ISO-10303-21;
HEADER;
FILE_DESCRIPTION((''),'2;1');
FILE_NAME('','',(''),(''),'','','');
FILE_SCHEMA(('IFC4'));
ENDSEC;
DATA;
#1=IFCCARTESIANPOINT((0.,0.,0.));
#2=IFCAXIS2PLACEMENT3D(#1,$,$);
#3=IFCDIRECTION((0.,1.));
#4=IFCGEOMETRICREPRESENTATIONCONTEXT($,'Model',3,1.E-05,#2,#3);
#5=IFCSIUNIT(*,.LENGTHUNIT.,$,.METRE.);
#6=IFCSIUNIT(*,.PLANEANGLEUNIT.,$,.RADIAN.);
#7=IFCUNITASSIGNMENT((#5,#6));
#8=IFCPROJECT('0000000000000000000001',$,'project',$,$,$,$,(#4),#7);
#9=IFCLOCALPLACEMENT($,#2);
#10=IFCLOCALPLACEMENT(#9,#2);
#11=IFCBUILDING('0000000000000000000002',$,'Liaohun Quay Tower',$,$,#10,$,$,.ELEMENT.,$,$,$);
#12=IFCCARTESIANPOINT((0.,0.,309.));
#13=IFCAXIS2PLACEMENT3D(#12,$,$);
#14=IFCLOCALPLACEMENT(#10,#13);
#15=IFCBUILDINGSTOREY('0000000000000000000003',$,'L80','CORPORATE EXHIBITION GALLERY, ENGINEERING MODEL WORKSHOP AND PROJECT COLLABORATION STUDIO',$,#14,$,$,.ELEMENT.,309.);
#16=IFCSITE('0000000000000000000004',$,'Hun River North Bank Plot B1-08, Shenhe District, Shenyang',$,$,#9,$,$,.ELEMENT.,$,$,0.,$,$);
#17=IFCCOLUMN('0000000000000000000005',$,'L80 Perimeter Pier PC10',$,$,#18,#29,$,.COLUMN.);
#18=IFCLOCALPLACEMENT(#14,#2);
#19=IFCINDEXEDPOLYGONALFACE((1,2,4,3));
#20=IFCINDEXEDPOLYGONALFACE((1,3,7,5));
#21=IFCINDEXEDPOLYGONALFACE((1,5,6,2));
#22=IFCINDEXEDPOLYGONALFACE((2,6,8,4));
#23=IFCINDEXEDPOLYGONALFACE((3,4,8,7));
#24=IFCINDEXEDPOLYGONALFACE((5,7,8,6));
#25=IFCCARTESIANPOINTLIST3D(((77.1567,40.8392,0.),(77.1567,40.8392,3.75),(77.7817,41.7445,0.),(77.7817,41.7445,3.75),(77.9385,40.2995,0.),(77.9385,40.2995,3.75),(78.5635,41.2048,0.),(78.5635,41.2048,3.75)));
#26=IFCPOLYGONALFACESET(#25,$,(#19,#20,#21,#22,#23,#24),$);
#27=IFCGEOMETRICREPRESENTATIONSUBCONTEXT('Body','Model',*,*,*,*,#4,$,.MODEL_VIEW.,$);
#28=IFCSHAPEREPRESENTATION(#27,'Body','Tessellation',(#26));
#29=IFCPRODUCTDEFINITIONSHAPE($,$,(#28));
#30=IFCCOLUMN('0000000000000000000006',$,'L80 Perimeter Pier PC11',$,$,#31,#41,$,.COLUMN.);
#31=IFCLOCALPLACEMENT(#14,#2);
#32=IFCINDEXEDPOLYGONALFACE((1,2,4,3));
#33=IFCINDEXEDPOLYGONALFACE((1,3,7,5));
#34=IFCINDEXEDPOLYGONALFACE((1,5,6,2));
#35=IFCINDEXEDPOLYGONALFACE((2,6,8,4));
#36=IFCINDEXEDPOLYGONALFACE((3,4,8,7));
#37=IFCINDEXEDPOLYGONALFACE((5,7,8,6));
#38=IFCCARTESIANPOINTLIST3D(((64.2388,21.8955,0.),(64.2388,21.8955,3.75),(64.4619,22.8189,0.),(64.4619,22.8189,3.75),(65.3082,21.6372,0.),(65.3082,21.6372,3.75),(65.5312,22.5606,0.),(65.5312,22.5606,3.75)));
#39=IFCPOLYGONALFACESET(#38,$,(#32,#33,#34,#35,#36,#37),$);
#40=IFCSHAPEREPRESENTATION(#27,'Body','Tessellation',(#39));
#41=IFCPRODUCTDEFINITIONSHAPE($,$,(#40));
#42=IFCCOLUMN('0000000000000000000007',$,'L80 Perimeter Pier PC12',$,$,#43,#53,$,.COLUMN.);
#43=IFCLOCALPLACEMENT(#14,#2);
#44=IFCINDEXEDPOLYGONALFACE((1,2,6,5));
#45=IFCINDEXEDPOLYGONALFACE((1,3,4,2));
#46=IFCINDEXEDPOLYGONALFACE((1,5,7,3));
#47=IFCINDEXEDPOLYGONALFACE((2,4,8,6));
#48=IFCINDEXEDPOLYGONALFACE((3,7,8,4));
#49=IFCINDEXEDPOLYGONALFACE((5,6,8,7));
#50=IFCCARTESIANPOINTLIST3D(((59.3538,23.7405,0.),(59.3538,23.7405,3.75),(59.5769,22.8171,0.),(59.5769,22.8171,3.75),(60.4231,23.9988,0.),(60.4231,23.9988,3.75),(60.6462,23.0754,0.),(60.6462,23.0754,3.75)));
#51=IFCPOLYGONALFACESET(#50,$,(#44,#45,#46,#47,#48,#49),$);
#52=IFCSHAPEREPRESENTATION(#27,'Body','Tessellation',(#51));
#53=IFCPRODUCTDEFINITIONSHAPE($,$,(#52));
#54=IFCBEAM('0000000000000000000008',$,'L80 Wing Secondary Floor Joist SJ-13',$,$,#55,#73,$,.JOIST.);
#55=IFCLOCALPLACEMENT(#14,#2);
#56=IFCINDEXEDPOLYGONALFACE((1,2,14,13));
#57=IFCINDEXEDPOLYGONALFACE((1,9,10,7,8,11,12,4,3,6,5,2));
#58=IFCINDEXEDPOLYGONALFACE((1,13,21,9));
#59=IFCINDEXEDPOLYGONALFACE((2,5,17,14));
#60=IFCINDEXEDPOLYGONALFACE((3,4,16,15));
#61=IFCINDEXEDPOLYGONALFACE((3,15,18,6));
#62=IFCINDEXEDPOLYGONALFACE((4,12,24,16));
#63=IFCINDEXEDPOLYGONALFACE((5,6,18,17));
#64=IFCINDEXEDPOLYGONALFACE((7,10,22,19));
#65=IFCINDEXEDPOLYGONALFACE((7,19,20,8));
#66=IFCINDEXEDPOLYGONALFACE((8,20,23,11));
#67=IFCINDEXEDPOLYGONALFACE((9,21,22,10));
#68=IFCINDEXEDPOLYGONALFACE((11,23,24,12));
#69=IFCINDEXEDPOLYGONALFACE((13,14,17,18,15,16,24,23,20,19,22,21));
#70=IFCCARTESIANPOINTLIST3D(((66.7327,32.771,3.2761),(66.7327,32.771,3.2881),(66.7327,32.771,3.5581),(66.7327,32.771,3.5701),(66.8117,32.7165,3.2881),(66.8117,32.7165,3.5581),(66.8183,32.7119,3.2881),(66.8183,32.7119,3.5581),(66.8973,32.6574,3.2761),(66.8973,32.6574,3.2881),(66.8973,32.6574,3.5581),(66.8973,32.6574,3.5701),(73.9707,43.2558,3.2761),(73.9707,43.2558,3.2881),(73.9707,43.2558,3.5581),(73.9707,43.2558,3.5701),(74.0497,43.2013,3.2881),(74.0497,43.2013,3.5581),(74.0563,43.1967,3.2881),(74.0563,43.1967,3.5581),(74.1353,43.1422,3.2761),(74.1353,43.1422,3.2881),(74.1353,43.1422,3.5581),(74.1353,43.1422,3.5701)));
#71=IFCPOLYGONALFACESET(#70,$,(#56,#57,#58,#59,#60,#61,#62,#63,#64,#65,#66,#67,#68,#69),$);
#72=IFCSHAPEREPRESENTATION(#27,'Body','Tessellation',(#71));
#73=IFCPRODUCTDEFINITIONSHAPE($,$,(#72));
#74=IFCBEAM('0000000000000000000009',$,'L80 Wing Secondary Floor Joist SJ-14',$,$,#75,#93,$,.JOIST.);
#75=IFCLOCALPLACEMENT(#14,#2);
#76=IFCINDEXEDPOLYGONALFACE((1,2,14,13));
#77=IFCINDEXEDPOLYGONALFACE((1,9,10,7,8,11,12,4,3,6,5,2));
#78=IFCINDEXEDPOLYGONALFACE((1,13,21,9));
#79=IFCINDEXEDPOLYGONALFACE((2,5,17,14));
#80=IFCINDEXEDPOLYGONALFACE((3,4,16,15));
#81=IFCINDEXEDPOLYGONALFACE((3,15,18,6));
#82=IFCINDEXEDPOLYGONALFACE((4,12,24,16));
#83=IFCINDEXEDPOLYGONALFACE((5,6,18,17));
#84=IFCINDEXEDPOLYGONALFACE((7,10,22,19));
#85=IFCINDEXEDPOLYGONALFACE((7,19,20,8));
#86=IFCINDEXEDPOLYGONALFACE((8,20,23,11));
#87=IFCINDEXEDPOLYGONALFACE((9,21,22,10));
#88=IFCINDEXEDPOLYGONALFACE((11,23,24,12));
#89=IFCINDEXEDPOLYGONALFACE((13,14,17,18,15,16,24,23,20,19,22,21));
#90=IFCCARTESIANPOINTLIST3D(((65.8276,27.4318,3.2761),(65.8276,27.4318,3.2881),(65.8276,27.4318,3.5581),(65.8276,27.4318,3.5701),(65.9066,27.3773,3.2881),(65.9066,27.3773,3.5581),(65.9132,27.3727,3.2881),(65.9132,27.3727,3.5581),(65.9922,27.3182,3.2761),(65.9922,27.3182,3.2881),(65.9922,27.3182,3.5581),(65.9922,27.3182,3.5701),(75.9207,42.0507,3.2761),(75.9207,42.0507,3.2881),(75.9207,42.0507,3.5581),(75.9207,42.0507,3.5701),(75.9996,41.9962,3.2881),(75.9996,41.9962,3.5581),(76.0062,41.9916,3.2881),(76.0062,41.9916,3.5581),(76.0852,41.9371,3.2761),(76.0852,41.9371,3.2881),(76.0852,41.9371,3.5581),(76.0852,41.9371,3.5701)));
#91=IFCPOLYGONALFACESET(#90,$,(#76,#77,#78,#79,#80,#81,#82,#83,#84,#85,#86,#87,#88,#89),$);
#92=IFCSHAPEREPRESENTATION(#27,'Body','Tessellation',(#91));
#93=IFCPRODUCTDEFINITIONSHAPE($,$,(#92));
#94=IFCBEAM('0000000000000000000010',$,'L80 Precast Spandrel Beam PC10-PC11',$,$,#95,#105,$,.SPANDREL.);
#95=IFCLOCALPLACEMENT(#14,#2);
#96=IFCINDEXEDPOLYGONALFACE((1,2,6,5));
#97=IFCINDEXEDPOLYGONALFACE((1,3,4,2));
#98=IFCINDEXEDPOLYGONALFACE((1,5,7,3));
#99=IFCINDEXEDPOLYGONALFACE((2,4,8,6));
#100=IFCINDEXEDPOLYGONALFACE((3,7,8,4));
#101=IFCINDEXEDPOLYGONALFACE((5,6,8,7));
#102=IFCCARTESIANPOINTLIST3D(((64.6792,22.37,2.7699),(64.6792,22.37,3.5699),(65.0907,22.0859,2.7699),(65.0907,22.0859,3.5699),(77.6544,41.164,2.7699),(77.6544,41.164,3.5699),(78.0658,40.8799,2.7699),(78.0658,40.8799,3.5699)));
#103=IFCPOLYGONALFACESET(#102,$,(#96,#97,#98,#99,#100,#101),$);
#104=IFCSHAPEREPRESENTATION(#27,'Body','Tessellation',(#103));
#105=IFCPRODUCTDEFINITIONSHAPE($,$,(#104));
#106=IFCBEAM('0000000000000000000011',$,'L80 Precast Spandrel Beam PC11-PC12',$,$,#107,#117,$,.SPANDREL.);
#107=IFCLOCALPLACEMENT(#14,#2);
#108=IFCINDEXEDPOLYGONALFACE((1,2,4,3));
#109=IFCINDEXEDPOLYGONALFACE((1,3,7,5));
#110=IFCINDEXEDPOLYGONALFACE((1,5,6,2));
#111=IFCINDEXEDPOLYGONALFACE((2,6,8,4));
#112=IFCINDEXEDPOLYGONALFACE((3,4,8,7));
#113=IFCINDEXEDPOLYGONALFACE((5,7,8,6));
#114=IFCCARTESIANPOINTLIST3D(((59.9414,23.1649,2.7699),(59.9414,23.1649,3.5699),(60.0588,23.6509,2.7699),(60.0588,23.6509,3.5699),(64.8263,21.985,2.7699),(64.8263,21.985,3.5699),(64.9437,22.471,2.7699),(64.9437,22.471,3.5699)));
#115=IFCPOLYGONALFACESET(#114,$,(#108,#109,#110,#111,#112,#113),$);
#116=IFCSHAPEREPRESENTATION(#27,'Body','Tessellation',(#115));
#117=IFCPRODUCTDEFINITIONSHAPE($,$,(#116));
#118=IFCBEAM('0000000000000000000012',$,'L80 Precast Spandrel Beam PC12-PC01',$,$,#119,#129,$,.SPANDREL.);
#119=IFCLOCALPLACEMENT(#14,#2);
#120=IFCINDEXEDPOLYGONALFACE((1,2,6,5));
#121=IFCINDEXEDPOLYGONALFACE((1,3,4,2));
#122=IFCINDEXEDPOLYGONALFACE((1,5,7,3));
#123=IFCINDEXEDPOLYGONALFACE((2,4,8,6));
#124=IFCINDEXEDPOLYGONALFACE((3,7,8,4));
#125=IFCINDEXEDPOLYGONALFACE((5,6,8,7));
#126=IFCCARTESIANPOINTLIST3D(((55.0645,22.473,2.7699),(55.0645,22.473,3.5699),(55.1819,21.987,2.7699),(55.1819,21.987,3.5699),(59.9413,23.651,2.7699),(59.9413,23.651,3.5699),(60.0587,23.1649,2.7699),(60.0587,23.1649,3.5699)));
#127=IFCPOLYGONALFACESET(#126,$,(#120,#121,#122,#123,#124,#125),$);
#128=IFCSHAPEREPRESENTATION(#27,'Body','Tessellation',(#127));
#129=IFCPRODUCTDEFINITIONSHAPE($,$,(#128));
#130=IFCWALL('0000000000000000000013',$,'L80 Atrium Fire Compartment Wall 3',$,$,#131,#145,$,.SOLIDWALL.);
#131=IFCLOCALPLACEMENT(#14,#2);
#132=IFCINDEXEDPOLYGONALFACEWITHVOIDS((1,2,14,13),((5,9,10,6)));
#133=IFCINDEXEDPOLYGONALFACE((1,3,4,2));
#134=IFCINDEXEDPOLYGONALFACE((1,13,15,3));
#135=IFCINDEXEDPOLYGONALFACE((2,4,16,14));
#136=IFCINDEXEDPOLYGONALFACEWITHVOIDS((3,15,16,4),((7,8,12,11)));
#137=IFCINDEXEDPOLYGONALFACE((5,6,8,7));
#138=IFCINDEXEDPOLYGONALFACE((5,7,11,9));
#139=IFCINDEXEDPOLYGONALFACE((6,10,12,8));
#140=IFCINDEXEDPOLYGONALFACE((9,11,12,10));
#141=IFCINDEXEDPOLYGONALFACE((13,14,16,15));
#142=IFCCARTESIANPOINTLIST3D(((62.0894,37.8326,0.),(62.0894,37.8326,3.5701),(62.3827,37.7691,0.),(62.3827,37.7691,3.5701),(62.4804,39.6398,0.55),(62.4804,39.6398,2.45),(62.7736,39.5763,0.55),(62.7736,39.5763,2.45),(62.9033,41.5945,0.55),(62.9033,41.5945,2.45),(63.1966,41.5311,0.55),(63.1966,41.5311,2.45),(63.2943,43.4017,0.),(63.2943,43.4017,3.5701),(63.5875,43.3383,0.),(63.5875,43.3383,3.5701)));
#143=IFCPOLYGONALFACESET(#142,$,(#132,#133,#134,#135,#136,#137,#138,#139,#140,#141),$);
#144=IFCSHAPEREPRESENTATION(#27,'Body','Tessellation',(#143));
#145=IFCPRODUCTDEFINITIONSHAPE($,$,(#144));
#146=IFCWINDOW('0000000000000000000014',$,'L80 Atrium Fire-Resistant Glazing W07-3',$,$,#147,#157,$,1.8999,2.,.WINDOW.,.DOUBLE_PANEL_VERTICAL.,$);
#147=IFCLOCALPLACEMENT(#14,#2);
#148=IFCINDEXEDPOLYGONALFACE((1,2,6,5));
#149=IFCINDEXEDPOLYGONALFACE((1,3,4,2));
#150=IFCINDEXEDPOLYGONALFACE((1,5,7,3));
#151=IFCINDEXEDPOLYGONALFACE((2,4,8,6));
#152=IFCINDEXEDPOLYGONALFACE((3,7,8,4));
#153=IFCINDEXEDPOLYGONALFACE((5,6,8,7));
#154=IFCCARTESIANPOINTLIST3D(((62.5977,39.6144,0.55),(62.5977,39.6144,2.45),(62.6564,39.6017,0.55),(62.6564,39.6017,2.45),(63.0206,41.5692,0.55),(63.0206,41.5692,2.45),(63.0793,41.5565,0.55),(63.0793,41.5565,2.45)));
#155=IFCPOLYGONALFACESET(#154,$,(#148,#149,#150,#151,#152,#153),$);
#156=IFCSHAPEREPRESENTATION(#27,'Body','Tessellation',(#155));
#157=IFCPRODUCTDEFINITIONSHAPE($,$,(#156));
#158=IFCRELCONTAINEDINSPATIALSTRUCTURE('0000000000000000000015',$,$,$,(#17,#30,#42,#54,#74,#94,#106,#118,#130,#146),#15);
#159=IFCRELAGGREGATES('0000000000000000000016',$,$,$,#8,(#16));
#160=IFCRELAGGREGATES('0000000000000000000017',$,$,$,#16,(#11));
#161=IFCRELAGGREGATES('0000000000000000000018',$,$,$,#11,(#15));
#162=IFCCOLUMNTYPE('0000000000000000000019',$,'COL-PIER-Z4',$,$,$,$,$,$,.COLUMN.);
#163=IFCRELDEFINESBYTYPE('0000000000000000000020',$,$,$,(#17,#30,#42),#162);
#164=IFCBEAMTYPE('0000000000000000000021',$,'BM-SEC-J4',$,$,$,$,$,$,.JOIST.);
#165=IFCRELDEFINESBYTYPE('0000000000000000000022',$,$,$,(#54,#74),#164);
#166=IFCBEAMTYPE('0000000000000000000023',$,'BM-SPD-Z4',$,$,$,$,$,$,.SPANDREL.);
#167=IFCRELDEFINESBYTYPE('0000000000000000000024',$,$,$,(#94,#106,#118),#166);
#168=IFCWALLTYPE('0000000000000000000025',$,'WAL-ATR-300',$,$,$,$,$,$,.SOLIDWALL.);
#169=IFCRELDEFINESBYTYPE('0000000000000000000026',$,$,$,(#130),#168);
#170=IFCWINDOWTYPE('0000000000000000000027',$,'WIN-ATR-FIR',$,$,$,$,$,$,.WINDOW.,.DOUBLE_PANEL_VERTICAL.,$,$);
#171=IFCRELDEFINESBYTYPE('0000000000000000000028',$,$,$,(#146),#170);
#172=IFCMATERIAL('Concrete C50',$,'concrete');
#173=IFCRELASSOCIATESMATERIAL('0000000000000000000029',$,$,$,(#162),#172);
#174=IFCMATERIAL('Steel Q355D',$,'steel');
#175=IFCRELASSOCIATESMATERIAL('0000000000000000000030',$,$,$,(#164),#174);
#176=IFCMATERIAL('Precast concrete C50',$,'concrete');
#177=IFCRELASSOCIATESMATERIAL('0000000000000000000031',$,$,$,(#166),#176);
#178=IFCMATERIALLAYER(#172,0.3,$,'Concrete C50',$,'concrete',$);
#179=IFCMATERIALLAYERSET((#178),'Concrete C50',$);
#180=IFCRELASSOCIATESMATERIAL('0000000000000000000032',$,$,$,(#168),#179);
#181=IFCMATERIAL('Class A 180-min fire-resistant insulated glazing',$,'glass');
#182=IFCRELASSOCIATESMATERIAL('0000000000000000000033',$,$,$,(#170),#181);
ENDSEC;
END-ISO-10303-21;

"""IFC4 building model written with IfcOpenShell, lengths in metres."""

from ifc_helpers import new_model, si_unit, direction, frame, frame_2d, origin, origin_2d, place, context, subcontext, project, spatial, rectangle, i_section, extrude, source, transform, mapped, material, layer, layer_set, material_profile, profile_set, type_object, element, fill, save


model = new_model("IFC4")

# Units and contexts
model_context = context("Model", 3, precision=1e-05, world=origin(), true_north=direction((0.0, 1.0)))
body_context = subcontext(model_context, "Body", "Model", "MODEL_VIEW")
ifc_project = project(units=[si_unit("LENGTHUNIT", "METRE"), si_unit("PLANEANGLEUNIT", "RADIAN")], contexts=[model_context])

# Site, building, storey
site_placement = place(None, origin())
site = spatial("IfcSite", under=ifc_project, at=site_placement, Name="Hun River North Bank Plot B1-08, Shenhe District, Shenyang", CompositionType="ELEMENT", RefElevation=0.0)
building_placement = place(site_placement, origin())
building = spatial("IfcBuilding", under=site, at=building_placement, Name="Liaohun Quay Tower", CompositionType="ELEMENT")
storey_placement = place(building_placement, frame((0.0, 0.0, 309.0)))
storey = spatial("IfcBuildingStorey", under=building, at=storey_placement, Name="L80", Description="CORPORATE EXHIBITION GALLERY, ENGINEERING MODEL WORKSHOP AND PROJECT COLLABORATION STUDIO", CompositionType="ELEMENT", Elevation=309.0)

# Columns
ifc_material_1 = material(Name="Concrete C50", Category="concrete")
ifc_material_profile_1 = material_profile(ifc_material_1, rectangle(XDim=1.1001, YDim=0.95, at=origin_2d()), Name="RC1100x950")
ifc_profile_set_1 = profile_set([ifc_material_profile_1], Name="Concrete C50")
column_type = type_object("IfcColumnType", Name="COL-PIER-Z4", PredefinedType="COLUMN", material=ifc_profile_set_1)
shared_shape_1 = source(origin(), body_context, "Body", "SweptSolid", [
    extrude(rectangle(XDim=1.1001, YDim=0.95, at=origin_2d()), origin(), (0.0, 0.0, 1.0), 3.75),
])
for number, where, z_axis, x_axis, name in (
    (1, (77.8601, 41.022, 0.0), (0.0, 0.0, 1.0), (0.568131, 0.822938, 0.0), "L80 Perimeter Pier PC10"),
    (2, (64.885, 22.228, 0.0), (0.0, 0.0, 1.0), (-0.972043, 0.234803, 0.0), "L80 Perimeter Pier PC11"),
    (3, (60.0, 23.408, 0.0), (0.0, 0.0, 1.0), (0.972043, 0.234803, 0.0), "L80 Perimeter Pier PC12"),
):
    element("IfcColumn", number, at=place(storey_placement, frame(where, z_axis=z_axis, x_axis=x_axis)), inside=storey, type_object=column_type, Name=name, PredefinedType="COLUMN", context=body_context, shape_type="MappedRepresentation", body=[
        mapped(shared_shape_1, transform((0.0, 0.0, 0.0), x_axis=(1.0, 0.0, 0.0), y_axis=(0.0, 1.0, 0.0), z_axis=(0.0, 0.0, 1.0), scale=1.0)),
    ])

# Beams
ifc_material_2 = material(Name="Steel Q355D", Category="steel")
ifc_material_profile_2 = material_profile(ifc_material_2, i_section(OverallWidth=0.2, OverallDepth=0.2939, WebThickness=0.0081, FlangeThickness=0.012, at=origin_2d()), Name="HM294x200x8x12")
ifc_profile_set_2 = profile_set([ifc_material_profile_2], Name="Steel Q355D")
beam_type_1 = type_object("IfcBeamType", Name="BM-SEC-J4", PredefinedType="JOIST", material=ifc_profile_set_2)
shared_shape_2 = source(origin(), body_context, "Body", "SweptSolid", [
    extrude(i_section(OverallWidth=0.2, OverallDepth=0.2939, WebThickness=0.0081, FlangeThickness=0.012, at=origin_2d()), origin(), (0.0, 0.0, 1.0), 12.7405),
])
beam_1_placement = place(storey_placement, frame((74.053, 43.199, 3.4231), z_axis=(-0.56811, -0.822952, 0.0), x_axis=(0.822952, -0.56811, 0.0)))
element("IfcBeam", 4, at=beam_1_placement, inside=storey, type_object=beam_type_1, Name="L80 Wing Secondary Floor Joist SJ-13", PredefinedType="JOIST", context=body_context, shape_type="MappedRepresentation", body=[
    mapped(shared_shape_2, transform((0.0, 0.0, 0.0), x_axis=(1.0, 0.0, 0.0), y_axis=(0.0, 1.0, 0.0), z_axis=(0.0, 0.0, 1.0), scale=1.0)),
])
shared_shape_3 = source(origin(), body_context, "Body", "SweptSolid", [
    extrude(i_section(OverallWidth=0.2, OverallDepth=0.2939, WebThickness=0.0081, FlangeThickness=0.012, at=origin_2d()), origin(), (0.0, 0.0, 1.0), 17.7646),
])
beam_2_placement = place(storey_placement, frame((76.0029, 41.9939, 3.4231), z_axis=(-0.568153, -0.822923, 0.0), x_axis=(0.822923, -0.568153, 0.0)))
element("IfcBeam", 5, at=beam_2_placement, inside=storey, type_object=beam_type_1, Name="L80 Wing Secondary Floor Joist SJ-14", PredefinedType="JOIST", context=body_context, shape_type="MappedRepresentation", body=[
    mapped(shared_shape_3, transform((0.0, 0.0, 0.0), x_axis=(1.0, 0.0, 0.0), y_axis=(0.0, 1.0, 0.0), z_axis=(0.0, 0.0, 1.0), scale=1.0)),
])
ifc_material_3 = material(Name="Precast concrete C50", Category="concrete")
ifc_material_profile_3 = material_profile(ifc_material_3, rectangle(XDim=0.5, YDim=0.8, at=origin_2d()), Name="RC500x800")
ifc_profile_set_3 = profile_set([ifc_material_profile_3], Name="Precast concrete C50")
beam_type_2 = type_object("IfcBeamType", Name="BM-SPD-Z4", PredefinedType="SPANDREL", material=ifc_profile_set_3)
shared_shape_4 = source(origin(), body_context, "Body", "SweptSolid", [
    extrude(rectangle(XDim=0.5, YDim=0.8, at=origin_2d()), origin(), (0.0, 0.0, 1.0), 22.8379),
])
beam_3_placement = place(storey_placement, frame((77.8601, 41.022, 3.1699), z_axis=(-0.568141, -0.822931, 0.0), x_axis=(0.822931, -0.568141, 0.0)))
element("IfcBeam", 6, at=beam_3_placement, inside=storey, type_object=beam_type_2, Name="L80 Precast Spandrel Beam PC10-PC11", PredefinedType="SPANDREL", context=body_context, shape_type="MappedRepresentation", body=[
    mapped(shared_shape_4, transform((0.0, 0.0, 0.0), x_axis=(1.0, 0.0, 0.0), y_axis=(0.0, 1.0, 0.0), z_axis=(0.0, 0.0, 1.0), scale=1.0)),
])
shared_shape_5 = source(origin(), body_context, "Body", "SweptSolid", [
    extrude(rectangle(XDim=0.5, YDim=0.8, at=origin_2d()), origin(), (0.0, 0.0, 1.0), 5.0254),
])
beam_4_placement = place(storey_placement, frame((64.885, 22.228, 3.1699), z_axis=(-0.972046, 0.234789, 0.0), x_axis=(-0.234789, -0.972046, 0.0)))
element("IfcBeam", 7, at=beam_4_placement, inside=storey, type_object=beam_type_2, Name="L80 Precast Spandrel Beam PC11-PC12", PredefinedType="SPANDREL", context=body_context, shape_type="MappedRepresentation", body=[
    mapped(shared_shape_5, transform((0.0, 0.0, 0.0), x_axis=(1.0, 0.0, 0.0), y_axis=(0.0, 1.0, 0.0), z_axis=(0.0, 0.0, 1.0), scale=1.0)),
])
shared_shape_6 = source(origin(), body_context, "Body", "SweptSolid", [
    extrude(rectangle(XDim=0.5, YDim=0.8, at=origin_2d()), origin(), (0.0, 0.0, 1.0), 5.0171),
])
beam_5_placement = place(storey_placement, frame((60.0, 23.408, 3.1699), z_axis=(-0.972047, -0.234788, 0.0), x_axis=(0.234788, -0.972047, 0.0)))
element("IfcBeam", 8, at=beam_5_placement, inside=storey, type_object=beam_type_2, Name="L80 Precast Spandrel Beam PC12-PC01", PredefinedType="SPANDREL", context=body_context, shape_type="MappedRepresentation", body=[
    mapped(shared_shape_6, transform((0.0, 0.0, 0.0), x_axis=(1.0, 0.0, 0.0), y_axis=(0.0, 1.0, 0.0), z_axis=(0.0, 0.0, 1.0), scale=1.0)),
])

# Wall, opening, window
ifc_layer_1 = layer(ifc_material_1, 0.3, Name="Concrete C50", Category="concrete")
ifc_layer_set_1 = layer_set([ifc_layer_1], Name="Concrete C50")
wall_type_1 = type_object("IfcWallType", Name="WAL-ATR-300", PredefinedType="SOLIDWALL", material=ifc_layer_set_1)
wall_1_placement = place(storey_placement, frame((63.4409, 43.3701, 0.0), z_axis=(0.0, 0.0, 1.0), x_axis=(-0.211451, -0.977389, 0.0)))
wall_1 = element("IfcWall", 9, at=wall_1_placement, inside=storey, type_object=wall_type_1, Name="L80 Atrium Fire Compartment Wall 3", PredefinedType="SOLIDWALL", context=body_context, shape_type="SweptSolid", body=[
    extrude(rectangle(XDim=5.698, YDim=0.3, at=frame_2d((2.8491, 0.0))), origin(), (0.0, 0.0, 1.0), 3.5701),
])
shared_shape_7 = source(origin(), body_context, "Body", "SweptSolid", [
    extrude(rectangle(XDim=2.0, YDim=1.8999, at=frame_2d((1.0, 0.95))), frame((0.0, 0.1599, 0.0), z_axis=(0.0, -1.0, 0.0), x_axis=(1.0, 0.0, 0.0)), (0.0, 0.0, 1.0), 0.3201),
])
opening_1_placement = place(wall_1_placement, frame((1.8491, 0.0, 0.55)))
opening_1 = element("IfcOpeningElement", 10, at=opening_1_placement, cuts=wall_1, PredefinedType="OPENING", context=body_context, shape_type="MappedRepresentation", body=[
    mapped(shared_shape_7, transform((0.0, 0.0, 0.0), x_axis=(1.0, 0.0, 0.0), y_axis=(0.0, 1.0, 0.0), z_axis=(0.0, 0.0, 1.0), scale=1.0)),
])
ifc_material_4 = material(Name="Class A 180-min fire-resistant insulated glazing", Category="glass")
window_type_1 = type_object("IfcWindowType", Name="WIN-ATR-FIR", PartitioningType="DOUBLE_PANEL_VERTICAL", PredefinedType="WINDOW", material=ifc_material_4)
shared_shape_8 = source(origin(), body_context, "Body", "SweptSolid", [
    extrude(rectangle(XDim=2.0, YDim=1.8999, at=frame_2d((1.0, 0.95))), frame((0.0, 0.03, 0.0), z_axis=(0.0, -1.0, 0.0), x_axis=(1.0, 0.0, 0.0)), (0.0, 0.0, 1.0), 0.0601),
])
window_1_placement = place(opening_1_placement, origin())
window_1 = element("IfcWindow", 11, at=window_1_placement, inside=storey, type_object=window_type_1, Name="L80 Atrium Fire-Resistant Glazing W07-3", OverallHeight=1.8999, OverallWidth=2.0, PartitioningType="DOUBLE_PANEL_VERTICAL", PredefinedType="WINDOW", context=body_context, shape_type="MappedRepresentation", body=[
    mapped(shared_shape_8, transform((0.0, 0.0, 0.0), x_axis=(1.0, 0.0, 0.0), y_axis=(0.0, 1.0, 0.0), z_axis=(0.0, 0.0, 1.0), scale=1.0)),
])
fill(opening_1, window_1)

save(model, "model.ifc")
